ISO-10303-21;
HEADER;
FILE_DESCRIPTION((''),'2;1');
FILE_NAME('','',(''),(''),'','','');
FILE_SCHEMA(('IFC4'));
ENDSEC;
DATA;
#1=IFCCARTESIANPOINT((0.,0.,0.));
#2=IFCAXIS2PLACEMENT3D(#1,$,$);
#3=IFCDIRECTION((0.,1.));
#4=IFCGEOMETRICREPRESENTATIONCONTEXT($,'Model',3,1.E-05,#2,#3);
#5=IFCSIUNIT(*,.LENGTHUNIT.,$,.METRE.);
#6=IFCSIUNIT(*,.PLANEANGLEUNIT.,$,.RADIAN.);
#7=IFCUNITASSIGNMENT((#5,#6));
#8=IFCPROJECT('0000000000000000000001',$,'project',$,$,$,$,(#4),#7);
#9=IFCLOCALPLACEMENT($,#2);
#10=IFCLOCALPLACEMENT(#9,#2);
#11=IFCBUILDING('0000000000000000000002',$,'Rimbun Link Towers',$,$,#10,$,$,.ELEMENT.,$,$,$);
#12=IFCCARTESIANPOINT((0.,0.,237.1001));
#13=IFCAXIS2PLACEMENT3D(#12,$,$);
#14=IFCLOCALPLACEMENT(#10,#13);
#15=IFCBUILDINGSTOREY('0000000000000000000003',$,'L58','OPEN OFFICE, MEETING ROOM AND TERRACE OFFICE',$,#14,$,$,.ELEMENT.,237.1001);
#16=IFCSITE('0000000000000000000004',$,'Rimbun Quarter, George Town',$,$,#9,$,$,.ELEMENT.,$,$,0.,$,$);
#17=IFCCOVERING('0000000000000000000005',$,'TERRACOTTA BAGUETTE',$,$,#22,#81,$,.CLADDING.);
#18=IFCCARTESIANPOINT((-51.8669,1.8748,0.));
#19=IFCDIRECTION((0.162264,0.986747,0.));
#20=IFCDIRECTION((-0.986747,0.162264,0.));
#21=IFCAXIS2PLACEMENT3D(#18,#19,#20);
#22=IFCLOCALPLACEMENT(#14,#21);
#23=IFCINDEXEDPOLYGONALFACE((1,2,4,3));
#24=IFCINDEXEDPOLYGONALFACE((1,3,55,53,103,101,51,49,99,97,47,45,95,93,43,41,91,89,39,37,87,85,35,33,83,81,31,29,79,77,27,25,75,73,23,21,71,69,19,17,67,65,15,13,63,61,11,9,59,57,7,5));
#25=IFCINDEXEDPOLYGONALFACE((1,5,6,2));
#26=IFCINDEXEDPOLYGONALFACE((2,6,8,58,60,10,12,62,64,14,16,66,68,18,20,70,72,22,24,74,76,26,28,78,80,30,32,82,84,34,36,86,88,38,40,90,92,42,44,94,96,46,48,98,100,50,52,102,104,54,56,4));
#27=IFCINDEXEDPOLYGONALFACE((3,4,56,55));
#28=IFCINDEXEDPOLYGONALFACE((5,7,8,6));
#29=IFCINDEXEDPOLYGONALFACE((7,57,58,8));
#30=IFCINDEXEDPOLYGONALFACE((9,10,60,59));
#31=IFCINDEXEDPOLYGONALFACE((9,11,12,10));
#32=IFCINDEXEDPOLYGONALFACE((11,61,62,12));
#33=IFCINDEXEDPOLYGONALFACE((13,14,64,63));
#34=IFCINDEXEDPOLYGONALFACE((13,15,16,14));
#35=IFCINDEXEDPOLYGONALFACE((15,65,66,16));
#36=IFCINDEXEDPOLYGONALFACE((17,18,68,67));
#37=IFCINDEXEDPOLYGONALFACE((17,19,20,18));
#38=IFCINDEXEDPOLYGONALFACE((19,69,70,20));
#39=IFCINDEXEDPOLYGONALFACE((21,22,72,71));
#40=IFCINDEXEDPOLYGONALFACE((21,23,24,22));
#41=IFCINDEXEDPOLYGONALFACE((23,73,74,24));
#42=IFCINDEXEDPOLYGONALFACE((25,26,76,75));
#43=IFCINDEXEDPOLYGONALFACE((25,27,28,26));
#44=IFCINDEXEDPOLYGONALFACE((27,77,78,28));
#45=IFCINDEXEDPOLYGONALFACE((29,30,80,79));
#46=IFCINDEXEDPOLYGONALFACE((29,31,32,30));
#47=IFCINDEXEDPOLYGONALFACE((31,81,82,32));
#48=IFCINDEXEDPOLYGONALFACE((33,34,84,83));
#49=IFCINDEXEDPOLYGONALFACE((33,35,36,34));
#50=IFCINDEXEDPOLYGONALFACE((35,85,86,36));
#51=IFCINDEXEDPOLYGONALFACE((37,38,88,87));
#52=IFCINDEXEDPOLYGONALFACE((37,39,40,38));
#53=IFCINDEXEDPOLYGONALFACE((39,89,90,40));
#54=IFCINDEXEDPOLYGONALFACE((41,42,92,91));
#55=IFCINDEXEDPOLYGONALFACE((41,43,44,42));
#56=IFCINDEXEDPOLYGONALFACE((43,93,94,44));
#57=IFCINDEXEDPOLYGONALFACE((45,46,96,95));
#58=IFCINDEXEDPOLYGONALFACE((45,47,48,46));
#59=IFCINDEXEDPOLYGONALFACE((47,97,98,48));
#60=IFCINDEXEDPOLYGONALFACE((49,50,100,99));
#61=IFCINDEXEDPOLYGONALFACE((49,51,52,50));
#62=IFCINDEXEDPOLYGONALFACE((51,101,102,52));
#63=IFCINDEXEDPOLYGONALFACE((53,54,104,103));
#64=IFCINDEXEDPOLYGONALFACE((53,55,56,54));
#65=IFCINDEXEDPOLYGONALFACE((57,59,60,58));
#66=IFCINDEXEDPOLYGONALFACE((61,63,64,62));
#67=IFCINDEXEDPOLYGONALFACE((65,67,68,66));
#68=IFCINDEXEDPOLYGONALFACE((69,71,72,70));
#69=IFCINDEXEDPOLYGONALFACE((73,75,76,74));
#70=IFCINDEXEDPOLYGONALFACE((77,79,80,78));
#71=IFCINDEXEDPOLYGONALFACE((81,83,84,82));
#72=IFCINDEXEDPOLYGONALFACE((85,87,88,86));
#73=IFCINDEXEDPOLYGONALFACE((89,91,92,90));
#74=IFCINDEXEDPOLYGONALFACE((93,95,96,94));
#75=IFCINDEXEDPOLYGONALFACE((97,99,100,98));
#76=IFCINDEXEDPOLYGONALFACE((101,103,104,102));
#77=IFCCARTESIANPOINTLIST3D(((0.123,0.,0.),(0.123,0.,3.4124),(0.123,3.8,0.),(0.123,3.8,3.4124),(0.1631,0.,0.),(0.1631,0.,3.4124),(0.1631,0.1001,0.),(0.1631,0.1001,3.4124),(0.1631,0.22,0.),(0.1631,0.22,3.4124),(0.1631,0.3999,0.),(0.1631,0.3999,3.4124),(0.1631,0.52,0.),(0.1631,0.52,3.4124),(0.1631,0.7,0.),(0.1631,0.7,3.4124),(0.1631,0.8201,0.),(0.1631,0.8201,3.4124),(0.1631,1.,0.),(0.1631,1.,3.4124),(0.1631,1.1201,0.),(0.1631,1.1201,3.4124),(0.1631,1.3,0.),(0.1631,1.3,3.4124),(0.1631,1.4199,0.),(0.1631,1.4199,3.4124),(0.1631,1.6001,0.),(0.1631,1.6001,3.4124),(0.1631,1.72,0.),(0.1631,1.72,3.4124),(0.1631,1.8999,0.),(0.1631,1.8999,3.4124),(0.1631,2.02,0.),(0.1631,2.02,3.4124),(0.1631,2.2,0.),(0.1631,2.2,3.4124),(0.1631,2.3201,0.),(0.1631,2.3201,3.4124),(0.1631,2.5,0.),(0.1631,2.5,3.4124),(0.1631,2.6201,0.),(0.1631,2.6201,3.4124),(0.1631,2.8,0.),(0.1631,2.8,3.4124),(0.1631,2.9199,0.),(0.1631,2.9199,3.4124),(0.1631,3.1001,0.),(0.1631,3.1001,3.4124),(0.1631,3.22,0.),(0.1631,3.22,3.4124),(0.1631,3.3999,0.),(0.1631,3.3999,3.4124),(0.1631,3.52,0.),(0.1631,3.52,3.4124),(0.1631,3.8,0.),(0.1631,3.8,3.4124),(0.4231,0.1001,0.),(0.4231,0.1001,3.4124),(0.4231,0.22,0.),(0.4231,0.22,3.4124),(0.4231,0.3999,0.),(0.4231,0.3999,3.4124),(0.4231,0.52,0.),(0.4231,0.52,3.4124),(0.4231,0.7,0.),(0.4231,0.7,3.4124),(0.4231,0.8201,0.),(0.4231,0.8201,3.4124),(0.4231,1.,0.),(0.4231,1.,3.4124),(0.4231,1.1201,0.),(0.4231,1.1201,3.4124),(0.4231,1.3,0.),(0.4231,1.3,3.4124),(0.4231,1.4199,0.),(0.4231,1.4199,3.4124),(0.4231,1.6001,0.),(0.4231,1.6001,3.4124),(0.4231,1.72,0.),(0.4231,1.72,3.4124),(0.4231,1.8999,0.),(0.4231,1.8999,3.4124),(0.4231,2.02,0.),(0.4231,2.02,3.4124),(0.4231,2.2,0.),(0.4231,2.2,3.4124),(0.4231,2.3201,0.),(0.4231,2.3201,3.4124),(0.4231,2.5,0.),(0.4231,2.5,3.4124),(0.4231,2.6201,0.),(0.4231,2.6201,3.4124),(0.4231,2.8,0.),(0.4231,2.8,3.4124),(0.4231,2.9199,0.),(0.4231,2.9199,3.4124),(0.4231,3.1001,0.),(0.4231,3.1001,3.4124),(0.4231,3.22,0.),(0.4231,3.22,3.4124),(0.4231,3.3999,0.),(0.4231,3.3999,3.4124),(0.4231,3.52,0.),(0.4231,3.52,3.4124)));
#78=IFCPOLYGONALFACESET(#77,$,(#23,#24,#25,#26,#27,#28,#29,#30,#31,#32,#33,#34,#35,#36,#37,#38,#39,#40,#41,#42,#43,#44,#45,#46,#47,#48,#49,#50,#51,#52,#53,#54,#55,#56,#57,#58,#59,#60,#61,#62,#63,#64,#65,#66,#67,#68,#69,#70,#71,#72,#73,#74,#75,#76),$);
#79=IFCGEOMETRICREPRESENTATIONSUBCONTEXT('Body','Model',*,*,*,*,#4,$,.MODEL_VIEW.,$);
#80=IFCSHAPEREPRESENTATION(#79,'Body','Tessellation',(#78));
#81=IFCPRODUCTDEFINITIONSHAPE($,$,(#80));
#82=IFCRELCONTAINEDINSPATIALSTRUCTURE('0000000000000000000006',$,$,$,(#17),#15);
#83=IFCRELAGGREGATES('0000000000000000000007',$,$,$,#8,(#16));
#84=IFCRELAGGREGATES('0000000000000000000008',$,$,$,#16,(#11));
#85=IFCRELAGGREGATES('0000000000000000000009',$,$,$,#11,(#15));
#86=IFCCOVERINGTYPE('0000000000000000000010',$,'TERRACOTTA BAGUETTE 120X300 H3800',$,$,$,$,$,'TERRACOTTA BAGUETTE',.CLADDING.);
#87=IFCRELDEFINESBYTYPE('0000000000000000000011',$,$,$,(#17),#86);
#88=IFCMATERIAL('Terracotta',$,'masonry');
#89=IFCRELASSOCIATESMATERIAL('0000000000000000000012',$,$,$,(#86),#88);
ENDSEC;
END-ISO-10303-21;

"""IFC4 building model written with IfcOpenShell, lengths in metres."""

from ifc_helpers import new_model, si_unit, direction, frame, origin, place, context, subcontext, project, spatial, polyline, outline, extrude, material, material_profile, profile_set, type_object, element, save


model = new_model("IFC4")

# Units and contexts
model_context = context("Model", 3, precision=1e-05, world=origin(), true_north=direction((0.0, 1.0)))
body_context = subcontext(model_context, "Body", "Model", "MODEL_VIEW")
ifc_project = project(units=[si_unit("LENGTHUNIT", "METRE"), si_unit("PLANEANGLEUNIT", "RADIAN")], contexts=[model_context])

# Site, building, storey
site_placement = place(None, origin())
site = spatial("IfcSite", under=ifc_project, at=site_placement, Name="Rimbun Quarter, George Town", CompositionType="ELEMENT", RefElevation=0.0)
building_placement = place(site_placement, origin())
building = spatial("IfcBuilding", under=site, at=building_placement, Name="Rimbun Link Towers", CompositionType="ELEMENT")
storey_placement = place(building_placement, frame((0.0, 0.0, 237.1001)))
storey = spatial("IfcBuildingStorey", under=building, at=storey_placement, Name="L58", Description="OPEN OFFICE, MEETING ROOM AND TERRACE OFFICE", CompositionType="ELEMENT", Elevation=237.1001)

# Covering
ifc_material_1 = material(Name="Terracotta", Category="masonry")
ifc_material_profile_1 = material_profile(ifc_material_1, outline(polyline([(0.123, 0.0), (0.1631, 0.0), (0.1631, 0.1001), (0.4231, 0.1001), (0.4231, 0.22), (0.1631, 0.22), (0.1631, 0.3999), (0.4231, 0.3999), (0.4231, 0.52), (0.1631, 0.52), (0.1631, 0.7), (0.4231, 0.7), (0.4231, 0.8201), (0.1631, 0.8201), (0.1631, 1.0), (0.4231, 1.0), (0.4231, 1.1201), (0.1631, 1.1201), (0.1631, 1.3), (0.4231, 1.3), (0.4231, 1.4199), (0.1631, 1.4199), (0.1631, 1.6001), (0.4231, 1.6001), (0.4231, 1.72), (0.1631, 1.72), (0.1631, 1.8999), (0.4231, 1.8999), (0.4231, 2.02), (0.1631, 2.02), (0.1631, 2.2), (0.4231, 2.2), (0.4231, 2.3201), (0.1631, 2.3201), (0.1631, 2.5), (0.4231, 2.5), (0.4231, 2.6201), (0.1631, 2.6201), (0.1631, 2.8), (0.4231, 2.8), (0.4231, 2.9199), (0.1631, 2.9199), (0.1631, 3.1001), (0.4231, 3.1001), (0.4231, 3.22), (0.1631, 3.22), (0.1631, 3.3999), (0.4231, 3.3999), (0.4231, 3.52), (0.1631, 3.52), (0.1631, 3.8), (0.123, 3.8), (0.123, 0.0)])), Name="BAGUETTE 120X300")
ifc_profile_set_1 = profile_set([ifc_material_profile_1], Name="Terracotta")
covering_type = type_object("IfcCoveringType", Name="TERRACOTTA BAGUETTE 120X300 H3800", ElementType="TERRACOTTA BAGUETTE", PredefinedType="CLADDING", material=ifc_profile_set_1)
covering_1_placement = place(storey_placement, frame((-51.8669, 1.8748, 0.0), z_axis=(0.162264, 0.986747, 0.0), x_axis=(-0.986747, 0.162264, 0.0)))
element("IfcCovering", 1, at=covering_1_placement, inside=storey, type_object=covering_type, Name="TERRACOTTA BAGUETTE", PredefinedType="CLADDING", context=body_context, shape_type="SweptSolid", body=[
    extrude(outline(polyline([(0.123, 0.0), (0.1631, 0.0), (0.1631, 0.1001), (0.4231, 0.1001), (0.4231, 0.22), (0.1631, 0.22), (0.1631, 0.3999), (0.4231, 0.3999), (0.4231, 0.52), (0.1631, 0.52), (0.1631, 0.7), (0.4231, 0.7), (0.4231, 0.8201), (0.1631, 0.8201), (0.1631, 1.0), (0.4231, 1.0), (0.4231, 1.1201), (0.1631, 1.1201), (0.1631, 1.3), (0.4231, 1.3), (0.4231, 1.4199), (0.1631, 1.4199), (0.1631, 1.6001), (0.4231, 1.6001), (0.4231, 1.72), (0.1631, 1.72), (0.1631, 1.8999), (0.4231, 1.8999), (0.4231, 2.02), (0.1631, 2.02), (0.1631, 2.2), (0.4231, 2.2), (0.4231, 2.3201), (0.1631, 2.3201), (0.1631, 2.5), (0.4231, 2.5), (0.4231, 2.6201), (0.1631, 2.6201), (0.1631, 2.8), (0.4231, 2.8), (0.4231, 2.9199), (0.1631, 2.9199), (0.1631, 3.1001), (0.4231, 3.1001), (0.4231, 3.22), (0.1631, 3.22), (0.1631, 3.3999), (0.4231, 3.3999), (0.4231, 3.52), (0.1631, 3.52), (0.1631, 3.8), (0.123, 3.8), (0.123, 0.0)])), origin(), (0.0, 0.0, 1.0), 3.4124),
])

save(model, "model.ifc")
